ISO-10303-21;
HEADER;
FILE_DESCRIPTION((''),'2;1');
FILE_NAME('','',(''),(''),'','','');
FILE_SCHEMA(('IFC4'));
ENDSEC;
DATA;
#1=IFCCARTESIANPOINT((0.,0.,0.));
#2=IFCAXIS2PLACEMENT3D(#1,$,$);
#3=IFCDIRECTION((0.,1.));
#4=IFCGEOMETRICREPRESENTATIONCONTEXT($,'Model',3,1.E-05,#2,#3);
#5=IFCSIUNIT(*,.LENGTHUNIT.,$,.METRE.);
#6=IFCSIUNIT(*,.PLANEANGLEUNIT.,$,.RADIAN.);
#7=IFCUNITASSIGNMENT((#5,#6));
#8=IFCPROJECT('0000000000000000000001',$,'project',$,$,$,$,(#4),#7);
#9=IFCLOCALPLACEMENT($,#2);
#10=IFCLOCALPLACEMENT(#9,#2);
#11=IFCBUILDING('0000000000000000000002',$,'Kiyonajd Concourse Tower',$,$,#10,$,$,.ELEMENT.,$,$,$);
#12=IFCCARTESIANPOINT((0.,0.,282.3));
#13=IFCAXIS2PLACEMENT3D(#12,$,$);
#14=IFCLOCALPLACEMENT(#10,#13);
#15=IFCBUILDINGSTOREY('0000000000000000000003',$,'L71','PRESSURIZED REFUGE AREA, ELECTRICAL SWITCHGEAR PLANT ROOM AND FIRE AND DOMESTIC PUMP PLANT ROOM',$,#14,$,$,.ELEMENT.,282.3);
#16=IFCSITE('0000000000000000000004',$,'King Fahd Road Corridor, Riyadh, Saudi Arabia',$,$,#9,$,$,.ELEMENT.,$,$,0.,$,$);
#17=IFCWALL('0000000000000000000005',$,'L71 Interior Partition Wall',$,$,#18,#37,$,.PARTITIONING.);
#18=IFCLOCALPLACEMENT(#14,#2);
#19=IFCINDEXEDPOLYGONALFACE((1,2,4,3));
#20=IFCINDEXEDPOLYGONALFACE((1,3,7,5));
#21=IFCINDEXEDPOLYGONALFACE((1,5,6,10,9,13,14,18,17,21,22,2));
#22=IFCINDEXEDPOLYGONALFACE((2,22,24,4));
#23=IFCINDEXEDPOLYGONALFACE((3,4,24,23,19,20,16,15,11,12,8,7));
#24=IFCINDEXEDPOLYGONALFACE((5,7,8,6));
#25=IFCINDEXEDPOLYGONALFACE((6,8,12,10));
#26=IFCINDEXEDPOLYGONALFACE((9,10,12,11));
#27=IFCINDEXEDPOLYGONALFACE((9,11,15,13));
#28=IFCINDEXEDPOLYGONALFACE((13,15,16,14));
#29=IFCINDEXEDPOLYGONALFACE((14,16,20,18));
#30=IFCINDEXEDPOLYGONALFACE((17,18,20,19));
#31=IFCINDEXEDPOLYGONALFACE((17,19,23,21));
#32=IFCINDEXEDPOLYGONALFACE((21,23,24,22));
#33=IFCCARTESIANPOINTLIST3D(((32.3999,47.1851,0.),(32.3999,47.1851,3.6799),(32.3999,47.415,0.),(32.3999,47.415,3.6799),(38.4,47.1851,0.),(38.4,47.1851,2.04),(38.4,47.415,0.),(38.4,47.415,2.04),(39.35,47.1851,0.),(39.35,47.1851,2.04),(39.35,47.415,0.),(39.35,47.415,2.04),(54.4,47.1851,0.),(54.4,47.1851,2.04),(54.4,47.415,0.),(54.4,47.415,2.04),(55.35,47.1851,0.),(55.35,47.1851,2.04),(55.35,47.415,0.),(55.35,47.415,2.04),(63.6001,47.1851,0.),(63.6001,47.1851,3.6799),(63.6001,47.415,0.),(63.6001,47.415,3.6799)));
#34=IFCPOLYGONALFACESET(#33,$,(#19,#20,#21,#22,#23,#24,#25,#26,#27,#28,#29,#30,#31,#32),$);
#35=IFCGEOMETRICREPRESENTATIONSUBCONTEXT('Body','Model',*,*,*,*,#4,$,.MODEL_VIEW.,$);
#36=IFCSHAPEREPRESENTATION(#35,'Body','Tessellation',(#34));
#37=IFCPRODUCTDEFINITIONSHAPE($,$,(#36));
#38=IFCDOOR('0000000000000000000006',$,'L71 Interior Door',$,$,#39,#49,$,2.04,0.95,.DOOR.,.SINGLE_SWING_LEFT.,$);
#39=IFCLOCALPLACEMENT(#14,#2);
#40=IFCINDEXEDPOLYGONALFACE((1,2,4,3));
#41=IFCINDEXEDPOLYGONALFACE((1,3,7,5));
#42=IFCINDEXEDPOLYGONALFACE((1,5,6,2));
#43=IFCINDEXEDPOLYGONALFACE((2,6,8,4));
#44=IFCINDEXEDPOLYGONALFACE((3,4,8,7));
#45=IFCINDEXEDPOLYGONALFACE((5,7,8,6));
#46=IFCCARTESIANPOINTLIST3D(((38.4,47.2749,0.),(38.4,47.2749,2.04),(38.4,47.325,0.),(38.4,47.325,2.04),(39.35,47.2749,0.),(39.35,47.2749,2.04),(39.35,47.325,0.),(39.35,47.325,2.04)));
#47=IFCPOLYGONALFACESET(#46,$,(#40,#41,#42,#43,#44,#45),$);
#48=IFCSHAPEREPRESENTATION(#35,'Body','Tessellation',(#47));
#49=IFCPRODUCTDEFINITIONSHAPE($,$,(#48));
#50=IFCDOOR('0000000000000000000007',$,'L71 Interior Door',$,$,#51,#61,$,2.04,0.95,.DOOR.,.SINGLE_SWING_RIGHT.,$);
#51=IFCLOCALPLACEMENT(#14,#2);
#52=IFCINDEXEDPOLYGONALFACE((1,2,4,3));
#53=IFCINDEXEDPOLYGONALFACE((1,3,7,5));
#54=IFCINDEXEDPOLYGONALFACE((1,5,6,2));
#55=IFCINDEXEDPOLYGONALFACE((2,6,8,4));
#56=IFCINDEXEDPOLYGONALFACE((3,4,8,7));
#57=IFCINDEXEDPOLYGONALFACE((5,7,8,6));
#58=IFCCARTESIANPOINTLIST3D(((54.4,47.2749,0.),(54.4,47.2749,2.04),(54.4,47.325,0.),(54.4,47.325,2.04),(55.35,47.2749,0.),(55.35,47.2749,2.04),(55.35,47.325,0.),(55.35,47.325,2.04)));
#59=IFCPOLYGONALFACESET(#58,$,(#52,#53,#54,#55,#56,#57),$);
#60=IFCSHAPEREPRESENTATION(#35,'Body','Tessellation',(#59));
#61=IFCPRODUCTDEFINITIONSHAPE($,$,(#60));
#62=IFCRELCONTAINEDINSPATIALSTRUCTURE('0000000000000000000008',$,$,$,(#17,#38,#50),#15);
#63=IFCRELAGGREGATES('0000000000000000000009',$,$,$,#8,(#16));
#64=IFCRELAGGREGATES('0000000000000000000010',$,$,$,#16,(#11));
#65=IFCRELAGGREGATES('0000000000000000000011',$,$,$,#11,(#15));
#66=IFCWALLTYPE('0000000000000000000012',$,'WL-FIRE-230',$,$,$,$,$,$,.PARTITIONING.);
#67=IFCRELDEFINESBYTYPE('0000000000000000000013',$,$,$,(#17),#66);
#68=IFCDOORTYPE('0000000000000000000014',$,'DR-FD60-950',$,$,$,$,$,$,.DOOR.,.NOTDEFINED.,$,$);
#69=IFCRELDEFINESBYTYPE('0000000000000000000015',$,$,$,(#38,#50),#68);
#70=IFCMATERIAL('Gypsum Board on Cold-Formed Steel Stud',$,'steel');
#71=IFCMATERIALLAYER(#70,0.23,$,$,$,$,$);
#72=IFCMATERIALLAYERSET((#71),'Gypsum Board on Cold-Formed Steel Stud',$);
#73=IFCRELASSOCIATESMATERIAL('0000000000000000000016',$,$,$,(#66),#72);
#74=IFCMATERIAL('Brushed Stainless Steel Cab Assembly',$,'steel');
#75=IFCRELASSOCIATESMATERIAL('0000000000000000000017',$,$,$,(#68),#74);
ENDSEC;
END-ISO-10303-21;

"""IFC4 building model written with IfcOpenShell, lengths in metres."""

from ifc_helpers import new_model, si_unit, direction, frame, frame_2d, origin, place, context, subcontext, project, spatial, rectangle, extrude, material, layer, layer_set, type_object, element, fill, save


model = new_model("IFC4")

# Units and contexts
model_context = context("Model", 3, precision=1e-05, world=origin(), true_north=direction((0.0, 1.0)))
body_context = subcontext(model_context, "Body", "Model", "MODEL_VIEW")
ifc_project = project(units=[si_unit("LENGTHUNIT", "METRE"), si_unit("PLANEANGLEUNIT", "RADIAN")], contexts=[model_context])

# Site, building, storey
site_placement = place(None, origin())
site = spatial("IfcSite", under=ifc_project, at=site_placement, Name="King Fahd Road Corridor, Riyadh, Saudi Arabia", CompositionType="ELEMENT", RefElevation=0.0)
building_placement = place(site_placement, origin())
building = spatial("IfcBuilding", under=site, at=building_placement, Name="Kiyonajd Concourse Tower", CompositionType="ELEMENT")
storey_placement = place(building_placement, frame((0.0, 0.0, 282.3)))
storey = spatial("IfcBuildingStorey", under=building, at=storey_placement, Name="L71", Description="PRESSURIZED REFUGE AREA, ELECTRICAL SWITCHGEAR PLANT ROOM AND FIRE AND DOMESTIC PUMP PLANT ROOM", CompositionType="ELEMENT", Elevation=282.3)

# Wall, openings, doors
ifc_material_1 = material(Name="Gypsum Board on Cold-Formed Steel Stud", Category="steel")
ifc_layer_1 = layer(ifc_material_1, 0.23)
ifc_layer_set_1 = layer_set([ifc_layer_1], Name="Gypsum Board on Cold-Formed Steel Stud")
wall_type_1 = type_object("IfcWallType", Name="WL-FIRE-230", PredefinedType="PARTITIONING", material=ifc_layer_set_1)
wall_1_placement = place(storey_placement, frame((32.3999, 47.3, 0.0), z_axis=(0.0, 0.0, 1.0), x_axis=(1.0, 0.0, 0.0)))
wall_1 = element("IfcWall", 1, at=wall_1_placement, inside=storey, type_object=wall_type_1, Name="L71 Interior Partition Wall", PredefinedType="PARTITIONING", context=body_context, shape_type="SweptSolid", body=[
    extrude(rectangle(XDim=31.2002, YDim=0.23, at=frame_2d((15.6001, 0.0))), origin(), (0.0, 0.0, 1.0), 3.6799),
])
opening_1_placement = place(wall_1_placement, frame((6.0, 0.0, 0.0)))
opening_1 = element("IfcOpeningElement", 2, at=opening_1_placement, cuts=wall_1, PredefinedType="OPENING", context=body_context, shape_type="SweptSolid", body=[
    extrude(rectangle(XDim=0.95, YDim=2.04, at=frame_2d((0.4751, 1.02))), frame((0.0, 0.125, 0.0), z_axis=(0.0, -1.0, 0.0), x_axis=(1.0, 0.0, 0.0)), (0.0, 0.0, 1.0), 0.25),
])
opening_2_placement = place(wall_1_placement, frame((22.0, 0.0, 0.0)))
opening_2 = element("IfcOpeningElement", 3, at=opening_2_placement, cuts=wall_1, PredefinedType="OPENING", context=body_context, shape_type="SweptSolid", body=[
    extrude(rectangle(XDim=0.95, YDim=2.04, at=frame_2d((0.4751, 1.02))), frame((0.0, 0.125, 0.0), z_axis=(0.0, -1.0, 0.0), x_axis=(1.0, 0.0, 0.0)), (0.0, 0.0, 1.0), 0.25),
])
ifc_material_2 = material(Name="Brushed Stainless Steel Cab Assembly", Category="steel")
door_type = type_object("IfcDoorType", Name="DR-FD60-950", OperationType="NOTDEFINED", PredefinedType="DOOR", material=ifc_material_2)
door_1_placement = place(opening_1_placement, origin())
door_1 = element("IfcDoor", 4, at=door_1_placement, inside=storey, type_object=door_type, Name="L71 Interior Door", OperationType="SINGLE_SWING_LEFT", OverallHeight=2.04, OverallWidth=0.95, PredefinedType="DOOR", context=body_context, shape_type="SweptSolid", body=[
    extrude(rectangle(XDim=0.95, YDim=2.04, at=frame_2d((0.4751, 1.02))), frame((0.0, 0.0249, 0.0), z_axis=(0.0, -1.0, 0.0), x_axis=(1.0, 0.0, 0.0)), (0.0, 0.0, 1.0), 0.05),
])
fill(opening_1, door_1)
door_2_placement = place(opening_2_placement, origin())
door_2 = element("IfcDoor", 5, at=door_2_placement, inside=storey, type_object=door_type, Name="L71 Interior Door", OperationType="SINGLE_SWING_RIGHT", OverallHeight=2.04, OverallWidth=0.95, PredefinedType="DOOR", context=body_context, shape_type="SweptSolid", body=[
    extrude(rectangle(XDim=0.95, YDim=2.04, at=frame_2d((0.4751, 1.02))), frame((0.0, 0.0249, 0.0), z_axis=(0.0, -1.0, 0.0), x_axis=(1.0, 0.0, 0.0)), (0.0, 0.0, 1.0), 0.05),
])
fill(opening_2, door_2)

save(model, "model.ifc")
